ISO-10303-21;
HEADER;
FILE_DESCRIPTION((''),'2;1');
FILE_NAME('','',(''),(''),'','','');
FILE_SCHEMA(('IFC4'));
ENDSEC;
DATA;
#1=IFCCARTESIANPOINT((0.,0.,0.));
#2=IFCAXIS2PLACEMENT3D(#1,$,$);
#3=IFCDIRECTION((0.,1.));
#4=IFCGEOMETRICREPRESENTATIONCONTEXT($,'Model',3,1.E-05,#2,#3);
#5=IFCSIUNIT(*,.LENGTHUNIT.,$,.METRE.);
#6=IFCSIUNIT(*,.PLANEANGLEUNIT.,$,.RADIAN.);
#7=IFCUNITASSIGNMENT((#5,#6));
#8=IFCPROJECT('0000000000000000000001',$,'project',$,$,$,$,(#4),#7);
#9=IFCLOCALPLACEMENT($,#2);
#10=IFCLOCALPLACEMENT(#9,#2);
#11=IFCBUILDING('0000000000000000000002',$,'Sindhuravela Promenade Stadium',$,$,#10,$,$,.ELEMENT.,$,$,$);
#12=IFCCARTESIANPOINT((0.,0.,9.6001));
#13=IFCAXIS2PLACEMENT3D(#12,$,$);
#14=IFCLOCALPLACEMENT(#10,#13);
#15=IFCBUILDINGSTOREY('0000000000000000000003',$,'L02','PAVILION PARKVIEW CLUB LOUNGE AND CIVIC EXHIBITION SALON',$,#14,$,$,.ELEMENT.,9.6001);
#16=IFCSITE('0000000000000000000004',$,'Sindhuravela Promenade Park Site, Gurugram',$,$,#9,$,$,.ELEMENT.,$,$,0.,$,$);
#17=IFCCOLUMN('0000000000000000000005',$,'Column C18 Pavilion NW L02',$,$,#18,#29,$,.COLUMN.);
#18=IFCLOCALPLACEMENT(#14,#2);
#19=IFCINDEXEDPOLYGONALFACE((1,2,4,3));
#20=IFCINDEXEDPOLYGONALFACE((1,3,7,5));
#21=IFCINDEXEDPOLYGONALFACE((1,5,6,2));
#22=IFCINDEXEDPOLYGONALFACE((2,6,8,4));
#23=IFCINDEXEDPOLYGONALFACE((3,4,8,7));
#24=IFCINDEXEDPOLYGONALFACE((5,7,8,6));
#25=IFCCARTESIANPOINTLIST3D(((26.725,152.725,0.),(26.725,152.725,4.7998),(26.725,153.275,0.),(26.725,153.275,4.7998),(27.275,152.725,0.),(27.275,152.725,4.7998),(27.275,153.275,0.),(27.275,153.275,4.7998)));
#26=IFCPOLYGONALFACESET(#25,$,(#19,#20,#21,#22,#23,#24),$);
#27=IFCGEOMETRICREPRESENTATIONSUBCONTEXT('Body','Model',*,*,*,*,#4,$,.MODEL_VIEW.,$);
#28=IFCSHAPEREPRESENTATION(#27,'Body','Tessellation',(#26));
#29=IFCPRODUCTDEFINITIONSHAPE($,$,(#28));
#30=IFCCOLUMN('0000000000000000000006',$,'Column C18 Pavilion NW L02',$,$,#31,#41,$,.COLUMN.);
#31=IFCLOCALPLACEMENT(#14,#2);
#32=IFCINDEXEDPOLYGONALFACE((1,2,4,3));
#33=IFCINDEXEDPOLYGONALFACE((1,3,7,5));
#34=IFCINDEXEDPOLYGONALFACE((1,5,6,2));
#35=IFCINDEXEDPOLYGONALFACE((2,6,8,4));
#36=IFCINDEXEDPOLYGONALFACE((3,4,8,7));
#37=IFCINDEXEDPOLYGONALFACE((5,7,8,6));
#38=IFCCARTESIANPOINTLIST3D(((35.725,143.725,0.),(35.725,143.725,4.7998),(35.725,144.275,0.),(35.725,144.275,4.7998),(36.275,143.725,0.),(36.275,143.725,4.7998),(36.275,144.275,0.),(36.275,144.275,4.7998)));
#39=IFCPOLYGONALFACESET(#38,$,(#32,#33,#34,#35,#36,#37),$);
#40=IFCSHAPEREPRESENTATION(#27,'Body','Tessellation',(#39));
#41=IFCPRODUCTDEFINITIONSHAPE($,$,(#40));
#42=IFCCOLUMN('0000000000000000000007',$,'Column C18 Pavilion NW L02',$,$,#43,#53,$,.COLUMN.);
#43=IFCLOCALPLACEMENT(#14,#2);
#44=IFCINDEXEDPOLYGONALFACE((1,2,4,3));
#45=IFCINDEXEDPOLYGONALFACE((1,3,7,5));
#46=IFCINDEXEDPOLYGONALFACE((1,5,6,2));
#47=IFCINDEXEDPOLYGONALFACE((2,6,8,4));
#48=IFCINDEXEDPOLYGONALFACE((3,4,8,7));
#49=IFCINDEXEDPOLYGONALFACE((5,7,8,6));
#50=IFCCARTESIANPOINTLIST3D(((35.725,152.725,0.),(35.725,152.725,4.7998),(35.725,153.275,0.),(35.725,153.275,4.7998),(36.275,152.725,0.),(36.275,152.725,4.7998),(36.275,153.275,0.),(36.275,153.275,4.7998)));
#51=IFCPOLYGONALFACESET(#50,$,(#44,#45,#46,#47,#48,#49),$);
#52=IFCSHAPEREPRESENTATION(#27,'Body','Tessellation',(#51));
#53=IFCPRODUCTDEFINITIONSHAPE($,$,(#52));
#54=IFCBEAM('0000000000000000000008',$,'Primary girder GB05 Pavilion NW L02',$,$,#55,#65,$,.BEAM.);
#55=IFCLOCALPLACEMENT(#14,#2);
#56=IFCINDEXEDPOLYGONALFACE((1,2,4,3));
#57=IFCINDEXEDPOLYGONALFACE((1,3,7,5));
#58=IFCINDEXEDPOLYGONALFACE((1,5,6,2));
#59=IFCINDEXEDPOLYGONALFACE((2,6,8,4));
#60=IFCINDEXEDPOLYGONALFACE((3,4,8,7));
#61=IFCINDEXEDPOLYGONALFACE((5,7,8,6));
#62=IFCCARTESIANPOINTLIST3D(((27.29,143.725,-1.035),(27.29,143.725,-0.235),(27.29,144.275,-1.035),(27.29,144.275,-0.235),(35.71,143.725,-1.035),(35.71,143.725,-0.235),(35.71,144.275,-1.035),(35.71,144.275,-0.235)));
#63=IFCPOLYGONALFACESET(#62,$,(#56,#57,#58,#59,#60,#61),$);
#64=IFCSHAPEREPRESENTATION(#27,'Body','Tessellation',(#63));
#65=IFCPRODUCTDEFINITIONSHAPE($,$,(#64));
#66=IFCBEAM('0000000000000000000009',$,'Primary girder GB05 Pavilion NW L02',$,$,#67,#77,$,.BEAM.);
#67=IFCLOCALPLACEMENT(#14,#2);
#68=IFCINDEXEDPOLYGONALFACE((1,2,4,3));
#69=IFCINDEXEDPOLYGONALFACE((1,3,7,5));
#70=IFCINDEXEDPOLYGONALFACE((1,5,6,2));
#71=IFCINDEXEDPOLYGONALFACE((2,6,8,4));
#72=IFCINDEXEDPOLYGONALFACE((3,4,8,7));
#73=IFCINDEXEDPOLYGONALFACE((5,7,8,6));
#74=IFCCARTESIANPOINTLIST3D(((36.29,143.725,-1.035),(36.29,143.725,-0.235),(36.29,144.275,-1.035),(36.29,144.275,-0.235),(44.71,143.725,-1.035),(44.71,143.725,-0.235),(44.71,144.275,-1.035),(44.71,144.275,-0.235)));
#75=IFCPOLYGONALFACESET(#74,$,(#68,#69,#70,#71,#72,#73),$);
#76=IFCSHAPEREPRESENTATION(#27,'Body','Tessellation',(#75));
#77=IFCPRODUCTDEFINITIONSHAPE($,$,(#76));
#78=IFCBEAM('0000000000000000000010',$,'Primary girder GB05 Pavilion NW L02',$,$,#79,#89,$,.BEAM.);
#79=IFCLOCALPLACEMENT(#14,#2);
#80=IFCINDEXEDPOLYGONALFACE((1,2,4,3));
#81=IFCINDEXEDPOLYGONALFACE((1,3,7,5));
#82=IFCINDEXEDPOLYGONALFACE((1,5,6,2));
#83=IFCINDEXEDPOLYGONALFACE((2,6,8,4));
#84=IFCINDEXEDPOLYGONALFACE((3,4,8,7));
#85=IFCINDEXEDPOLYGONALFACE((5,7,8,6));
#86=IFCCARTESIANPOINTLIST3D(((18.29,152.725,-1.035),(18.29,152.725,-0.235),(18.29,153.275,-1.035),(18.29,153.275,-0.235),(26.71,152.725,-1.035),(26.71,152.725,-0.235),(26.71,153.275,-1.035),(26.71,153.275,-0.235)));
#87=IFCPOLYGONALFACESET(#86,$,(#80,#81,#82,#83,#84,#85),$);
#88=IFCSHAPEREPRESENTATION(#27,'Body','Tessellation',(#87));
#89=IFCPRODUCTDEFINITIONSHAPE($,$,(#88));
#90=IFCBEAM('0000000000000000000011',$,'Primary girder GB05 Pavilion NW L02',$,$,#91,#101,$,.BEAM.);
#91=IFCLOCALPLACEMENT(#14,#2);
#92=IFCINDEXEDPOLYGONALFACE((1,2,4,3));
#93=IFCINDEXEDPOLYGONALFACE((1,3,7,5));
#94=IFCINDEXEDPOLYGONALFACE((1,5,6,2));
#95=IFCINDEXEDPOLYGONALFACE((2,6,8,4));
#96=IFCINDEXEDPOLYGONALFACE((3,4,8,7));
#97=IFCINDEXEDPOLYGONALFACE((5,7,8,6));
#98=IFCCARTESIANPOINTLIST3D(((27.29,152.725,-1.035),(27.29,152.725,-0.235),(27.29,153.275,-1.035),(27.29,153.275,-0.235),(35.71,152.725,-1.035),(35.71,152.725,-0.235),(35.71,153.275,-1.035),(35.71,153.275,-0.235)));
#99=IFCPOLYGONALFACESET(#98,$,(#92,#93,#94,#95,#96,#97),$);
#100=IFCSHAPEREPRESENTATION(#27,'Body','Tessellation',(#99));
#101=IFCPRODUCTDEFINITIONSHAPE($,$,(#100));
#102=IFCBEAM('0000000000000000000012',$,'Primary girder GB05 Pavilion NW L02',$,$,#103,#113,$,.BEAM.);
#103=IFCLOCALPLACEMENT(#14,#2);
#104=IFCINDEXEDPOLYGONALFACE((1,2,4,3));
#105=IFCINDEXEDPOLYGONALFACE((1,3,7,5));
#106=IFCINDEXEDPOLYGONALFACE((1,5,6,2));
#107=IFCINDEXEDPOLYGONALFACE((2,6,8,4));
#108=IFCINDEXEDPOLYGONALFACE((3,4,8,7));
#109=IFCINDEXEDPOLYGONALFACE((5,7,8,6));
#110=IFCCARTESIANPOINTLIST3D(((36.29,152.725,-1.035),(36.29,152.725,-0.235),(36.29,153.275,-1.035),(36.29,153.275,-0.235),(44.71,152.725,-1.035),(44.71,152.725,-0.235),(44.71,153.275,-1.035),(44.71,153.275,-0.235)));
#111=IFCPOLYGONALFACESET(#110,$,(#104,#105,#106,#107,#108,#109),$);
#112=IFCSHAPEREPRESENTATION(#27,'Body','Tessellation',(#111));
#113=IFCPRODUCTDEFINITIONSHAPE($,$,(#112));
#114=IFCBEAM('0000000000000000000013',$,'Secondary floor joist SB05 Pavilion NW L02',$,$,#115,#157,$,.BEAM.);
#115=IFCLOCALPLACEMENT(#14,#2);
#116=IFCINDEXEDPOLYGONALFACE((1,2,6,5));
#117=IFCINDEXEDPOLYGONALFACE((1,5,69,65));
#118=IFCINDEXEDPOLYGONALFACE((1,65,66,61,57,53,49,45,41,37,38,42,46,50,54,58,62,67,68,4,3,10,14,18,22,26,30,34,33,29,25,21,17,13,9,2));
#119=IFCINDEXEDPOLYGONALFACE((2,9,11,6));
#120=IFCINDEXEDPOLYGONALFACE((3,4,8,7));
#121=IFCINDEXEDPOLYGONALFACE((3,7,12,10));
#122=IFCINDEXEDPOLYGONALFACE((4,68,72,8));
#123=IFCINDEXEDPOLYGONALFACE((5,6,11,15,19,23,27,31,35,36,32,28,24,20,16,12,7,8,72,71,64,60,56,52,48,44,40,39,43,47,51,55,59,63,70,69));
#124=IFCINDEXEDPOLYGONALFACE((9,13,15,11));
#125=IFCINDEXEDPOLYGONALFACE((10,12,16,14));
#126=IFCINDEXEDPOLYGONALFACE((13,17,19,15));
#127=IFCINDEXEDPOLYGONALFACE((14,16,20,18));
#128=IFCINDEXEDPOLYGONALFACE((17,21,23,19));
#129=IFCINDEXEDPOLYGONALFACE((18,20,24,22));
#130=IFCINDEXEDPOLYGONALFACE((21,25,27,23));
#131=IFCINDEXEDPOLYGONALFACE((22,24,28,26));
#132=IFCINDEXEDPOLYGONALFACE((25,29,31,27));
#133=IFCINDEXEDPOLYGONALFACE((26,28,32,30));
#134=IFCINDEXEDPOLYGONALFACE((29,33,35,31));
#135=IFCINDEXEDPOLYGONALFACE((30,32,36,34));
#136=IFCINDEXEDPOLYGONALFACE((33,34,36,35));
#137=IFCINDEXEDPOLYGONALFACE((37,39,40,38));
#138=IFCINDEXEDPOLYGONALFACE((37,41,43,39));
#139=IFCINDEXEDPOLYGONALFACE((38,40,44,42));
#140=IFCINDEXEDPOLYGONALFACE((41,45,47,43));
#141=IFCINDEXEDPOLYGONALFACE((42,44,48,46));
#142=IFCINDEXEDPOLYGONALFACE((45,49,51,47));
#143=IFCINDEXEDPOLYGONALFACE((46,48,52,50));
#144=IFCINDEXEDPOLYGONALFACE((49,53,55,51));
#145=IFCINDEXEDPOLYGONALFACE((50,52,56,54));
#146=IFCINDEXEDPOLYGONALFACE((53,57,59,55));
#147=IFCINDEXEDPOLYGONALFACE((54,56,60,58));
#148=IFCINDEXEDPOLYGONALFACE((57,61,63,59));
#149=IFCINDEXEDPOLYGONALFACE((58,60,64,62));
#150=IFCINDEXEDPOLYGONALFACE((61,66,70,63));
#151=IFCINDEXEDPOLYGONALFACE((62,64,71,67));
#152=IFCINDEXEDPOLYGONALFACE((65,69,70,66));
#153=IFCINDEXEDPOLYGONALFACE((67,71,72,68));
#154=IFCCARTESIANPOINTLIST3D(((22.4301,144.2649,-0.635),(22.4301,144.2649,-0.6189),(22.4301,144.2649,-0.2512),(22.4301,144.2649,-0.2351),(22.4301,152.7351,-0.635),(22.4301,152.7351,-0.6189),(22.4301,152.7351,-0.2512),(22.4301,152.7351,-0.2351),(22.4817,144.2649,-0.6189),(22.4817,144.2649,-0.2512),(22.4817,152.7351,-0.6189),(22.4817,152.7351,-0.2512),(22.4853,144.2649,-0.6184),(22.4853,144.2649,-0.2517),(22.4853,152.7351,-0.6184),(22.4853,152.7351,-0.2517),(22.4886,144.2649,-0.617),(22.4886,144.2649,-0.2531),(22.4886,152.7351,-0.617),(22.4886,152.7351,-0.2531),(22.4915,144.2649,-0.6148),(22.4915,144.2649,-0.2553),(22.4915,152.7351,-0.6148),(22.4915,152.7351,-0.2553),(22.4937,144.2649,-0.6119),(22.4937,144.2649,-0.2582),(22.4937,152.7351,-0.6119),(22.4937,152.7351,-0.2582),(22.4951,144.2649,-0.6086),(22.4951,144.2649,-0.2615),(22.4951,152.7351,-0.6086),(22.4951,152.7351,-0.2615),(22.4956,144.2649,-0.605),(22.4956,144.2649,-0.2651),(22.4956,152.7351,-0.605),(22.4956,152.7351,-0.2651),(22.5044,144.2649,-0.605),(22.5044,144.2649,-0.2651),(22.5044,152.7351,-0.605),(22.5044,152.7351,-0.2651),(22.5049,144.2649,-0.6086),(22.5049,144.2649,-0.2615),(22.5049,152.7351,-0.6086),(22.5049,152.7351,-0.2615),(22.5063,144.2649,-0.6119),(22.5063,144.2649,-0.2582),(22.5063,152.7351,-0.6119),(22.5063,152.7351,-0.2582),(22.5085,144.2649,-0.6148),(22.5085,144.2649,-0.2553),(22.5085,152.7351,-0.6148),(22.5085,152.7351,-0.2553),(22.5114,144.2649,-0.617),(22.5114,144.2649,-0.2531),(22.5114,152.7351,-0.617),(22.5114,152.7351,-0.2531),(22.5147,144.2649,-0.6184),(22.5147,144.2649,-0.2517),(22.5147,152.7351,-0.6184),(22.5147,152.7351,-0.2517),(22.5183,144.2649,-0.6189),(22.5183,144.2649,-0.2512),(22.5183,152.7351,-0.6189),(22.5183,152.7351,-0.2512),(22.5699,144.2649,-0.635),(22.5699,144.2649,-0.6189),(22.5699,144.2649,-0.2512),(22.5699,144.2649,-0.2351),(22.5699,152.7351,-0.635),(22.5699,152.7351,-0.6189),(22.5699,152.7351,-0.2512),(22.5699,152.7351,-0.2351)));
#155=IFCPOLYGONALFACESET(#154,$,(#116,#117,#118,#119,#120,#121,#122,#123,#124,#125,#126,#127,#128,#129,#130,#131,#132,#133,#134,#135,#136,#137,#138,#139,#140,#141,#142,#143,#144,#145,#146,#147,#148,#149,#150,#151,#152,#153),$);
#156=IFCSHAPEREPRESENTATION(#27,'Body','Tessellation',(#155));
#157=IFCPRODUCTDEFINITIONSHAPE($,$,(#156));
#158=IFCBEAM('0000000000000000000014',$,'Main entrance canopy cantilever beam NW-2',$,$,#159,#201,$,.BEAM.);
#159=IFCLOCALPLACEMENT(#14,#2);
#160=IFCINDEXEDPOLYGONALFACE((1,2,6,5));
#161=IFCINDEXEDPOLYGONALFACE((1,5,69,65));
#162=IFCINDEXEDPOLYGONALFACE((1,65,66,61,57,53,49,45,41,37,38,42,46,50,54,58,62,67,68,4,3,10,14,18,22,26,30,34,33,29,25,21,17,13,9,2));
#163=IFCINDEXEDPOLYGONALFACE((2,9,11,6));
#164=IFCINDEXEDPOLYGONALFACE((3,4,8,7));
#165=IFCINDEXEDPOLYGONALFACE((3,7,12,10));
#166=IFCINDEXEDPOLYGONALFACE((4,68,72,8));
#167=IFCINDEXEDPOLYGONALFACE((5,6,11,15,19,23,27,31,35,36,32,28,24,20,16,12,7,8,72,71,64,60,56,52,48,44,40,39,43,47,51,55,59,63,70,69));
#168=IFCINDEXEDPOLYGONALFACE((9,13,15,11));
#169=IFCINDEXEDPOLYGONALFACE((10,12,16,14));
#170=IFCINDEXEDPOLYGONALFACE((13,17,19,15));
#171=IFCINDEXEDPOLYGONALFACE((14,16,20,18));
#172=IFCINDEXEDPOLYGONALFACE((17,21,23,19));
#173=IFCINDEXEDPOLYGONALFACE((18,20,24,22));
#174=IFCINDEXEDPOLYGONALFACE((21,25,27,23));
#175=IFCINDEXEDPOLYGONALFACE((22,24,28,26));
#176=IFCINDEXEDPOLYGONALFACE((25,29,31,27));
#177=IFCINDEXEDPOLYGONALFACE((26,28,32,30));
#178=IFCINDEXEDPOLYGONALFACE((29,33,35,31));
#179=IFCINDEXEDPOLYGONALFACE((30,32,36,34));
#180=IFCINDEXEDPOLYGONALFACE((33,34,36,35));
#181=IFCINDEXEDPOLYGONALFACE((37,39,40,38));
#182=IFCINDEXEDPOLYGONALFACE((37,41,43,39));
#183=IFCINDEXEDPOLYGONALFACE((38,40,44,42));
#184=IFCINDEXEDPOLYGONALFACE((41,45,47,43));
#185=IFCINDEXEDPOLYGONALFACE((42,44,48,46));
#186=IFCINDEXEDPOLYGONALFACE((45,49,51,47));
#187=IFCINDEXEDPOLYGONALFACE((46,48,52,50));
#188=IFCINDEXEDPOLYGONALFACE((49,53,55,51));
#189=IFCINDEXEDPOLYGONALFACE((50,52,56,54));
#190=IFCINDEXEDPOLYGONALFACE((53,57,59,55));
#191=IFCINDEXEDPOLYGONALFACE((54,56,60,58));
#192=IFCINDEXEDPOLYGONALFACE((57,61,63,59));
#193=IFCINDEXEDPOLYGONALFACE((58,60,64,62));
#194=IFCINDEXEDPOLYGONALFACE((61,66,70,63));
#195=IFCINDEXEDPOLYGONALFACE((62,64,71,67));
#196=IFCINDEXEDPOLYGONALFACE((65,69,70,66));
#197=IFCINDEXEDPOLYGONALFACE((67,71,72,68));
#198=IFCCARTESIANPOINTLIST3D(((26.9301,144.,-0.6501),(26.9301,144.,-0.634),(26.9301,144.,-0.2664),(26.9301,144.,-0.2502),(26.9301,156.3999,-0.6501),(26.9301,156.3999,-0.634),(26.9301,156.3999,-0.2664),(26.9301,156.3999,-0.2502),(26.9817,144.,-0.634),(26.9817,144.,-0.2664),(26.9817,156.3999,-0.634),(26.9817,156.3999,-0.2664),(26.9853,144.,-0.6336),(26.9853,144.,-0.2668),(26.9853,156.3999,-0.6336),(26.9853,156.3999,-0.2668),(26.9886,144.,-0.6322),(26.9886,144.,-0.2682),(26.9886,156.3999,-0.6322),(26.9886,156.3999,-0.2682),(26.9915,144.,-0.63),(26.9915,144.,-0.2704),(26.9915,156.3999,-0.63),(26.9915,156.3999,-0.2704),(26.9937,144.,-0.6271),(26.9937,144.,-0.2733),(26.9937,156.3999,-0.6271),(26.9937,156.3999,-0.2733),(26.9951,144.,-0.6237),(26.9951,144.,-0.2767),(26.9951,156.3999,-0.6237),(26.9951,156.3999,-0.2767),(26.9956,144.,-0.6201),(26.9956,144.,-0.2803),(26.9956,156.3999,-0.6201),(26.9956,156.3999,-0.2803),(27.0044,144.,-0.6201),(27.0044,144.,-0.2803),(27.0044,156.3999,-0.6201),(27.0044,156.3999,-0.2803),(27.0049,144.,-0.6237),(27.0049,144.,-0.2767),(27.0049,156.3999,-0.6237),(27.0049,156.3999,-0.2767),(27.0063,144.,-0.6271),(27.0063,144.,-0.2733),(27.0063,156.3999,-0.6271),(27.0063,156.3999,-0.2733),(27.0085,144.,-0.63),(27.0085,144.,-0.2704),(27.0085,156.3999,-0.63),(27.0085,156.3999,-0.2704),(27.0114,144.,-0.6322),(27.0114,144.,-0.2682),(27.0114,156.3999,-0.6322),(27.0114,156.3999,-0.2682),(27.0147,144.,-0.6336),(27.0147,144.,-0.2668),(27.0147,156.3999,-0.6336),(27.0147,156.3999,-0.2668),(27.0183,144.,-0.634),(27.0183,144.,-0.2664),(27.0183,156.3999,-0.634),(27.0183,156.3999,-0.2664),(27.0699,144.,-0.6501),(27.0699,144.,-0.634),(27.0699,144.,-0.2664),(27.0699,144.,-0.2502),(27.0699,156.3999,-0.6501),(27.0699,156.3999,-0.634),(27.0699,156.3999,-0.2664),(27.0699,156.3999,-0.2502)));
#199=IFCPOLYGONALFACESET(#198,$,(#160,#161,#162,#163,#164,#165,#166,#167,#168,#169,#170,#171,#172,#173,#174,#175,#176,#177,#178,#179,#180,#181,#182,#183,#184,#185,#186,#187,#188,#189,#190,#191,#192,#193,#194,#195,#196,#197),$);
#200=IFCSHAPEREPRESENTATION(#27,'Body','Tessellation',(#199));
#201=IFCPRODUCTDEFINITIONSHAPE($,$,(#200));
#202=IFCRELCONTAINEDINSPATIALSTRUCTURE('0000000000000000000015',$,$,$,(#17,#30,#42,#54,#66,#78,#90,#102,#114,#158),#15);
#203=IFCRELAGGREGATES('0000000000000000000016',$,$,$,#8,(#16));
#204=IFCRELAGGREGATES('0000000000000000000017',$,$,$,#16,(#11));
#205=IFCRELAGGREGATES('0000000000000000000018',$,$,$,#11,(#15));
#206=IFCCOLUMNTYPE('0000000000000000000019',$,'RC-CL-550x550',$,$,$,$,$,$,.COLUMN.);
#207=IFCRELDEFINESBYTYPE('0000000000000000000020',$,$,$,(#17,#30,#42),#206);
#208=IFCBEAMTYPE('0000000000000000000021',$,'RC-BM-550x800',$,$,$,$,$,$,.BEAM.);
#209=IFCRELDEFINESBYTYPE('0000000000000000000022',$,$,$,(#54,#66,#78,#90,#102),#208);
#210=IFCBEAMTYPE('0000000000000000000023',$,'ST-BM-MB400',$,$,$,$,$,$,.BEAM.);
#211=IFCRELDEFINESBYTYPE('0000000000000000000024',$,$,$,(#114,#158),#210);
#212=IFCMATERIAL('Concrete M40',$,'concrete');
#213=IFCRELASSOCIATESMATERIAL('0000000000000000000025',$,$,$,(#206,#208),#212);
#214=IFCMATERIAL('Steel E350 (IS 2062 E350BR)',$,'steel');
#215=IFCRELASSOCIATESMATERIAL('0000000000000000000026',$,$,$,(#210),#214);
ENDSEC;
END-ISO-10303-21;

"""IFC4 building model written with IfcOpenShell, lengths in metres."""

from ifc_helpers import new_model, si_unit, direction, frame, origin, origin_2d, place, context, subcontext, project, spatial, rectangle, i_section, extrude, material, material_profile, profile_set, type_object, element, save


model = new_model("IFC4")

# Units and contexts
model_context = context("Model", 3, precision=1e-05, world=origin(), true_north=direction((0.0, 1.0)))
body_context = subcontext(model_context, "Body", "Model", "MODEL_VIEW")
ifc_project = project(units=[si_unit("LENGTHUNIT", "METRE"), si_unit("PLANEANGLEUNIT", "RADIAN")], contexts=[model_context])

# Site, building, storey
site_placement = place(None, origin())
site = spatial("IfcSite", under=ifc_project, at=site_placement, Name="Sindhuravela Promenade Park Site, Gurugram", CompositionType="ELEMENT", RefElevation=0.0)
building_placement = place(site_placement, origin())
building = spatial("IfcBuilding", under=site, at=building_placement, Name="Sindhuravela Promenade Stadium", CompositionType="ELEMENT")
storey_placement = place(building_placement, frame((0.0, 0.0, 9.6001)))
storey = spatial("IfcBuildingStorey", under=building, at=storey_placement, Name="L02", Description="PAVILION PARKVIEW CLUB LOUNGE AND CIVIC EXHIBITION SALON", CompositionType="ELEMENT", Elevation=9.6001)

# Columns
ifc_material_1 = material(Name="Concrete M40", Category="concrete")
ifc_material_profile_1 = material_profile(ifc_material_1, rectangle(XDim=0.55, YDim=0.55, at=origin_2d()), Name="RC 550x550")
ifc_profile_set_1 = profile_set([ifc_material_profile_1], Name="Concrete M40")
column_type = type_object("IfcColumnType", Name="RC-CL-550x550", PredefinedType="COLUMN", material=ifc_profile_set_1)
for number, where, z_axis, x_axis, name in (
    (1, (27.0, 153.0, 0.0), (0.0, 0.0, 1.0), (1.0, 0.0, 0.0), "Column C18 Pavilion NW L02"),
    (2, (36.0, 144.0, 0.0), (0.0, 0.0, 1.0), (1.0, 0.0, 0.0), "Column C18 Pavilion NW L02"),
    (3, (36.0, 153.0, 0.0), (0.0, 0.0, 1.0), (1.0, 0.0, 0.0), "Column C18 Pavilion NW L02"),
):
    element("IfcColumn", number, at=place(storey_placement, frame(where, z_axis=z_axis, x_axis=x_axis)), inside=storey, type_object=column_type, Name=name, PredefinedType="COLUMN", context=body_context, shape_type="SweptSolid", body=[
        extrude(rectangle(XDim=0.55, YDim=0.55, at=origin_2d()), origin(), (0.0, 0.0, 1.0), 4.7998),
    ])

# Beams
ifc_material_profile_2 = material_profile(ifc_material_1, rectangle(XDim=0.55, YDim=0.8, at=origin_2d()), Name="RC 550x800")
ifc_profile_set_2 = profile_set([ifc_material_profile_2], Name="Concrete M40")
beam_type_1 = type_object("IfcBeamType", Name="RC-BM-550x800", PredefinedType="BEAM", material=ifc_profile_set_2)
for number, where, z_axis, x_axis, name in (
    (4, (27.29, 144.0, -0.635), (1.0, 0.0, 0.0), (0.0, 1.0, 0.0), "Primary girder GB05 Pavilion NW L02"),
    (5, (36.29, 144.0, -0.635), (1.0, 0.0, 0.0), (0.0, 1.0, 0.0), "Primary girder GB05 Pavilion NW L02"),
    (6, (18.29, 153.0, -0.635), (1.0, 0.0, 0.0), (0.0, 1.0, 0.0), "Primary girder GB05 Pavilion NW L02"),
    (7, (27.29, 153.0, -0.635), (1.0, 0.0, 0.0), (0.0, 1.0, 0.0), "Primary girder GB05 Pavilion NW L02"),
    (8, (36.29, 153.0, -0.635), (1.0, 0.0, 0.0), (0.0, 1.0, 0.0), "Primary girder GB05 Pavilion NW L02"),
):
    element("IfcBeam", number, at=place(storey_placement, frame(where, z_axis=z_axis, x_axis=x_axis)), inside=storey, type_object=beam_type_1, Name=name, PredefinedType="BEAM", context=body_context, shape_type="SweptSolid", body=[
        extrude(rectangle(XDim=0.55, YDim=0.8, at=origin_2d()), origin(), (0.0, 0.0, 1.0), 8.4199),
    ])
ifc_material_2 = material(Name="Steel E350 (IS 2062 E350BR)", Category="steel")
ifc_material_profile_3 = material_profile(ifc_material_2, i_section(OverallWidth=0.1399, OverallDepth=0.3999, WebThickness=0.0088, FlangeThickness=0.0161, FilletRadius=0.0139, at=origin_2d()), Name="ISMB 400")
ifc_profile_set_3 = profile_set([ifc_material_profile_3], Name="Steel E350 (IS 2062 E350BR)")
beam_type_2 = type_object("IfcBeamType", Name="ST-BM-MB400", PredefinedType="BEAM", material=ifc_profile_set_3)
beam_1_placement = place(storey_placement, frame((22.5, 144.2649, -0.4351), z_axis=(0.0, 1.0, 0.0), x_axis=(-1.0, 0.0, 0.0)))
element("IfcBeam", 9, at=beam_1_placement, inside=storey, type_object=beam_type_2, Name="Secondary floor joist SB05 Pavilion NW L02", PredefinedType="BEAM", context=body_context, shape_type="SweptSolid", body=[
    extrude(i_section(OverallWidth=0.1399, OverallDepth=0.3999, WebThickness=0.0088, FlangeThickness=0.0161, FilletRadius=0.0139, at=origin_2d()), origin(), (0.0, 0.0, 1.0), 8.4702),
])
for number, where, z_axis, x_axis, name in (
    (10, (27.0, 144.0, -0.4502), (0.0, 1.0, 0.0), (-1.0, 0.0, 0.0), "Main entrance canopy cantilever beam NW-2"),
):
    element("IfcBeam", number, at=place(storey_placement, frame(where, z_axis=z_axis, x_axis=x_axis)), inside=storey, type_object=beam_type_2, Name=name, PredefinedType="BEAM", context=body_context, shape_type="SweptSolid", body=[
        extrude(i_section(OverallWidth=0.1399, OverallDepth=0.3999, WebThickness=0.0088, FlangeThickness=0.0161, FilletRadius=0.0139, at=origin_2d()), origin(), (0.0, 0.0, 1.0), 12.3999),
    ])

save(model, "model.ifc")
